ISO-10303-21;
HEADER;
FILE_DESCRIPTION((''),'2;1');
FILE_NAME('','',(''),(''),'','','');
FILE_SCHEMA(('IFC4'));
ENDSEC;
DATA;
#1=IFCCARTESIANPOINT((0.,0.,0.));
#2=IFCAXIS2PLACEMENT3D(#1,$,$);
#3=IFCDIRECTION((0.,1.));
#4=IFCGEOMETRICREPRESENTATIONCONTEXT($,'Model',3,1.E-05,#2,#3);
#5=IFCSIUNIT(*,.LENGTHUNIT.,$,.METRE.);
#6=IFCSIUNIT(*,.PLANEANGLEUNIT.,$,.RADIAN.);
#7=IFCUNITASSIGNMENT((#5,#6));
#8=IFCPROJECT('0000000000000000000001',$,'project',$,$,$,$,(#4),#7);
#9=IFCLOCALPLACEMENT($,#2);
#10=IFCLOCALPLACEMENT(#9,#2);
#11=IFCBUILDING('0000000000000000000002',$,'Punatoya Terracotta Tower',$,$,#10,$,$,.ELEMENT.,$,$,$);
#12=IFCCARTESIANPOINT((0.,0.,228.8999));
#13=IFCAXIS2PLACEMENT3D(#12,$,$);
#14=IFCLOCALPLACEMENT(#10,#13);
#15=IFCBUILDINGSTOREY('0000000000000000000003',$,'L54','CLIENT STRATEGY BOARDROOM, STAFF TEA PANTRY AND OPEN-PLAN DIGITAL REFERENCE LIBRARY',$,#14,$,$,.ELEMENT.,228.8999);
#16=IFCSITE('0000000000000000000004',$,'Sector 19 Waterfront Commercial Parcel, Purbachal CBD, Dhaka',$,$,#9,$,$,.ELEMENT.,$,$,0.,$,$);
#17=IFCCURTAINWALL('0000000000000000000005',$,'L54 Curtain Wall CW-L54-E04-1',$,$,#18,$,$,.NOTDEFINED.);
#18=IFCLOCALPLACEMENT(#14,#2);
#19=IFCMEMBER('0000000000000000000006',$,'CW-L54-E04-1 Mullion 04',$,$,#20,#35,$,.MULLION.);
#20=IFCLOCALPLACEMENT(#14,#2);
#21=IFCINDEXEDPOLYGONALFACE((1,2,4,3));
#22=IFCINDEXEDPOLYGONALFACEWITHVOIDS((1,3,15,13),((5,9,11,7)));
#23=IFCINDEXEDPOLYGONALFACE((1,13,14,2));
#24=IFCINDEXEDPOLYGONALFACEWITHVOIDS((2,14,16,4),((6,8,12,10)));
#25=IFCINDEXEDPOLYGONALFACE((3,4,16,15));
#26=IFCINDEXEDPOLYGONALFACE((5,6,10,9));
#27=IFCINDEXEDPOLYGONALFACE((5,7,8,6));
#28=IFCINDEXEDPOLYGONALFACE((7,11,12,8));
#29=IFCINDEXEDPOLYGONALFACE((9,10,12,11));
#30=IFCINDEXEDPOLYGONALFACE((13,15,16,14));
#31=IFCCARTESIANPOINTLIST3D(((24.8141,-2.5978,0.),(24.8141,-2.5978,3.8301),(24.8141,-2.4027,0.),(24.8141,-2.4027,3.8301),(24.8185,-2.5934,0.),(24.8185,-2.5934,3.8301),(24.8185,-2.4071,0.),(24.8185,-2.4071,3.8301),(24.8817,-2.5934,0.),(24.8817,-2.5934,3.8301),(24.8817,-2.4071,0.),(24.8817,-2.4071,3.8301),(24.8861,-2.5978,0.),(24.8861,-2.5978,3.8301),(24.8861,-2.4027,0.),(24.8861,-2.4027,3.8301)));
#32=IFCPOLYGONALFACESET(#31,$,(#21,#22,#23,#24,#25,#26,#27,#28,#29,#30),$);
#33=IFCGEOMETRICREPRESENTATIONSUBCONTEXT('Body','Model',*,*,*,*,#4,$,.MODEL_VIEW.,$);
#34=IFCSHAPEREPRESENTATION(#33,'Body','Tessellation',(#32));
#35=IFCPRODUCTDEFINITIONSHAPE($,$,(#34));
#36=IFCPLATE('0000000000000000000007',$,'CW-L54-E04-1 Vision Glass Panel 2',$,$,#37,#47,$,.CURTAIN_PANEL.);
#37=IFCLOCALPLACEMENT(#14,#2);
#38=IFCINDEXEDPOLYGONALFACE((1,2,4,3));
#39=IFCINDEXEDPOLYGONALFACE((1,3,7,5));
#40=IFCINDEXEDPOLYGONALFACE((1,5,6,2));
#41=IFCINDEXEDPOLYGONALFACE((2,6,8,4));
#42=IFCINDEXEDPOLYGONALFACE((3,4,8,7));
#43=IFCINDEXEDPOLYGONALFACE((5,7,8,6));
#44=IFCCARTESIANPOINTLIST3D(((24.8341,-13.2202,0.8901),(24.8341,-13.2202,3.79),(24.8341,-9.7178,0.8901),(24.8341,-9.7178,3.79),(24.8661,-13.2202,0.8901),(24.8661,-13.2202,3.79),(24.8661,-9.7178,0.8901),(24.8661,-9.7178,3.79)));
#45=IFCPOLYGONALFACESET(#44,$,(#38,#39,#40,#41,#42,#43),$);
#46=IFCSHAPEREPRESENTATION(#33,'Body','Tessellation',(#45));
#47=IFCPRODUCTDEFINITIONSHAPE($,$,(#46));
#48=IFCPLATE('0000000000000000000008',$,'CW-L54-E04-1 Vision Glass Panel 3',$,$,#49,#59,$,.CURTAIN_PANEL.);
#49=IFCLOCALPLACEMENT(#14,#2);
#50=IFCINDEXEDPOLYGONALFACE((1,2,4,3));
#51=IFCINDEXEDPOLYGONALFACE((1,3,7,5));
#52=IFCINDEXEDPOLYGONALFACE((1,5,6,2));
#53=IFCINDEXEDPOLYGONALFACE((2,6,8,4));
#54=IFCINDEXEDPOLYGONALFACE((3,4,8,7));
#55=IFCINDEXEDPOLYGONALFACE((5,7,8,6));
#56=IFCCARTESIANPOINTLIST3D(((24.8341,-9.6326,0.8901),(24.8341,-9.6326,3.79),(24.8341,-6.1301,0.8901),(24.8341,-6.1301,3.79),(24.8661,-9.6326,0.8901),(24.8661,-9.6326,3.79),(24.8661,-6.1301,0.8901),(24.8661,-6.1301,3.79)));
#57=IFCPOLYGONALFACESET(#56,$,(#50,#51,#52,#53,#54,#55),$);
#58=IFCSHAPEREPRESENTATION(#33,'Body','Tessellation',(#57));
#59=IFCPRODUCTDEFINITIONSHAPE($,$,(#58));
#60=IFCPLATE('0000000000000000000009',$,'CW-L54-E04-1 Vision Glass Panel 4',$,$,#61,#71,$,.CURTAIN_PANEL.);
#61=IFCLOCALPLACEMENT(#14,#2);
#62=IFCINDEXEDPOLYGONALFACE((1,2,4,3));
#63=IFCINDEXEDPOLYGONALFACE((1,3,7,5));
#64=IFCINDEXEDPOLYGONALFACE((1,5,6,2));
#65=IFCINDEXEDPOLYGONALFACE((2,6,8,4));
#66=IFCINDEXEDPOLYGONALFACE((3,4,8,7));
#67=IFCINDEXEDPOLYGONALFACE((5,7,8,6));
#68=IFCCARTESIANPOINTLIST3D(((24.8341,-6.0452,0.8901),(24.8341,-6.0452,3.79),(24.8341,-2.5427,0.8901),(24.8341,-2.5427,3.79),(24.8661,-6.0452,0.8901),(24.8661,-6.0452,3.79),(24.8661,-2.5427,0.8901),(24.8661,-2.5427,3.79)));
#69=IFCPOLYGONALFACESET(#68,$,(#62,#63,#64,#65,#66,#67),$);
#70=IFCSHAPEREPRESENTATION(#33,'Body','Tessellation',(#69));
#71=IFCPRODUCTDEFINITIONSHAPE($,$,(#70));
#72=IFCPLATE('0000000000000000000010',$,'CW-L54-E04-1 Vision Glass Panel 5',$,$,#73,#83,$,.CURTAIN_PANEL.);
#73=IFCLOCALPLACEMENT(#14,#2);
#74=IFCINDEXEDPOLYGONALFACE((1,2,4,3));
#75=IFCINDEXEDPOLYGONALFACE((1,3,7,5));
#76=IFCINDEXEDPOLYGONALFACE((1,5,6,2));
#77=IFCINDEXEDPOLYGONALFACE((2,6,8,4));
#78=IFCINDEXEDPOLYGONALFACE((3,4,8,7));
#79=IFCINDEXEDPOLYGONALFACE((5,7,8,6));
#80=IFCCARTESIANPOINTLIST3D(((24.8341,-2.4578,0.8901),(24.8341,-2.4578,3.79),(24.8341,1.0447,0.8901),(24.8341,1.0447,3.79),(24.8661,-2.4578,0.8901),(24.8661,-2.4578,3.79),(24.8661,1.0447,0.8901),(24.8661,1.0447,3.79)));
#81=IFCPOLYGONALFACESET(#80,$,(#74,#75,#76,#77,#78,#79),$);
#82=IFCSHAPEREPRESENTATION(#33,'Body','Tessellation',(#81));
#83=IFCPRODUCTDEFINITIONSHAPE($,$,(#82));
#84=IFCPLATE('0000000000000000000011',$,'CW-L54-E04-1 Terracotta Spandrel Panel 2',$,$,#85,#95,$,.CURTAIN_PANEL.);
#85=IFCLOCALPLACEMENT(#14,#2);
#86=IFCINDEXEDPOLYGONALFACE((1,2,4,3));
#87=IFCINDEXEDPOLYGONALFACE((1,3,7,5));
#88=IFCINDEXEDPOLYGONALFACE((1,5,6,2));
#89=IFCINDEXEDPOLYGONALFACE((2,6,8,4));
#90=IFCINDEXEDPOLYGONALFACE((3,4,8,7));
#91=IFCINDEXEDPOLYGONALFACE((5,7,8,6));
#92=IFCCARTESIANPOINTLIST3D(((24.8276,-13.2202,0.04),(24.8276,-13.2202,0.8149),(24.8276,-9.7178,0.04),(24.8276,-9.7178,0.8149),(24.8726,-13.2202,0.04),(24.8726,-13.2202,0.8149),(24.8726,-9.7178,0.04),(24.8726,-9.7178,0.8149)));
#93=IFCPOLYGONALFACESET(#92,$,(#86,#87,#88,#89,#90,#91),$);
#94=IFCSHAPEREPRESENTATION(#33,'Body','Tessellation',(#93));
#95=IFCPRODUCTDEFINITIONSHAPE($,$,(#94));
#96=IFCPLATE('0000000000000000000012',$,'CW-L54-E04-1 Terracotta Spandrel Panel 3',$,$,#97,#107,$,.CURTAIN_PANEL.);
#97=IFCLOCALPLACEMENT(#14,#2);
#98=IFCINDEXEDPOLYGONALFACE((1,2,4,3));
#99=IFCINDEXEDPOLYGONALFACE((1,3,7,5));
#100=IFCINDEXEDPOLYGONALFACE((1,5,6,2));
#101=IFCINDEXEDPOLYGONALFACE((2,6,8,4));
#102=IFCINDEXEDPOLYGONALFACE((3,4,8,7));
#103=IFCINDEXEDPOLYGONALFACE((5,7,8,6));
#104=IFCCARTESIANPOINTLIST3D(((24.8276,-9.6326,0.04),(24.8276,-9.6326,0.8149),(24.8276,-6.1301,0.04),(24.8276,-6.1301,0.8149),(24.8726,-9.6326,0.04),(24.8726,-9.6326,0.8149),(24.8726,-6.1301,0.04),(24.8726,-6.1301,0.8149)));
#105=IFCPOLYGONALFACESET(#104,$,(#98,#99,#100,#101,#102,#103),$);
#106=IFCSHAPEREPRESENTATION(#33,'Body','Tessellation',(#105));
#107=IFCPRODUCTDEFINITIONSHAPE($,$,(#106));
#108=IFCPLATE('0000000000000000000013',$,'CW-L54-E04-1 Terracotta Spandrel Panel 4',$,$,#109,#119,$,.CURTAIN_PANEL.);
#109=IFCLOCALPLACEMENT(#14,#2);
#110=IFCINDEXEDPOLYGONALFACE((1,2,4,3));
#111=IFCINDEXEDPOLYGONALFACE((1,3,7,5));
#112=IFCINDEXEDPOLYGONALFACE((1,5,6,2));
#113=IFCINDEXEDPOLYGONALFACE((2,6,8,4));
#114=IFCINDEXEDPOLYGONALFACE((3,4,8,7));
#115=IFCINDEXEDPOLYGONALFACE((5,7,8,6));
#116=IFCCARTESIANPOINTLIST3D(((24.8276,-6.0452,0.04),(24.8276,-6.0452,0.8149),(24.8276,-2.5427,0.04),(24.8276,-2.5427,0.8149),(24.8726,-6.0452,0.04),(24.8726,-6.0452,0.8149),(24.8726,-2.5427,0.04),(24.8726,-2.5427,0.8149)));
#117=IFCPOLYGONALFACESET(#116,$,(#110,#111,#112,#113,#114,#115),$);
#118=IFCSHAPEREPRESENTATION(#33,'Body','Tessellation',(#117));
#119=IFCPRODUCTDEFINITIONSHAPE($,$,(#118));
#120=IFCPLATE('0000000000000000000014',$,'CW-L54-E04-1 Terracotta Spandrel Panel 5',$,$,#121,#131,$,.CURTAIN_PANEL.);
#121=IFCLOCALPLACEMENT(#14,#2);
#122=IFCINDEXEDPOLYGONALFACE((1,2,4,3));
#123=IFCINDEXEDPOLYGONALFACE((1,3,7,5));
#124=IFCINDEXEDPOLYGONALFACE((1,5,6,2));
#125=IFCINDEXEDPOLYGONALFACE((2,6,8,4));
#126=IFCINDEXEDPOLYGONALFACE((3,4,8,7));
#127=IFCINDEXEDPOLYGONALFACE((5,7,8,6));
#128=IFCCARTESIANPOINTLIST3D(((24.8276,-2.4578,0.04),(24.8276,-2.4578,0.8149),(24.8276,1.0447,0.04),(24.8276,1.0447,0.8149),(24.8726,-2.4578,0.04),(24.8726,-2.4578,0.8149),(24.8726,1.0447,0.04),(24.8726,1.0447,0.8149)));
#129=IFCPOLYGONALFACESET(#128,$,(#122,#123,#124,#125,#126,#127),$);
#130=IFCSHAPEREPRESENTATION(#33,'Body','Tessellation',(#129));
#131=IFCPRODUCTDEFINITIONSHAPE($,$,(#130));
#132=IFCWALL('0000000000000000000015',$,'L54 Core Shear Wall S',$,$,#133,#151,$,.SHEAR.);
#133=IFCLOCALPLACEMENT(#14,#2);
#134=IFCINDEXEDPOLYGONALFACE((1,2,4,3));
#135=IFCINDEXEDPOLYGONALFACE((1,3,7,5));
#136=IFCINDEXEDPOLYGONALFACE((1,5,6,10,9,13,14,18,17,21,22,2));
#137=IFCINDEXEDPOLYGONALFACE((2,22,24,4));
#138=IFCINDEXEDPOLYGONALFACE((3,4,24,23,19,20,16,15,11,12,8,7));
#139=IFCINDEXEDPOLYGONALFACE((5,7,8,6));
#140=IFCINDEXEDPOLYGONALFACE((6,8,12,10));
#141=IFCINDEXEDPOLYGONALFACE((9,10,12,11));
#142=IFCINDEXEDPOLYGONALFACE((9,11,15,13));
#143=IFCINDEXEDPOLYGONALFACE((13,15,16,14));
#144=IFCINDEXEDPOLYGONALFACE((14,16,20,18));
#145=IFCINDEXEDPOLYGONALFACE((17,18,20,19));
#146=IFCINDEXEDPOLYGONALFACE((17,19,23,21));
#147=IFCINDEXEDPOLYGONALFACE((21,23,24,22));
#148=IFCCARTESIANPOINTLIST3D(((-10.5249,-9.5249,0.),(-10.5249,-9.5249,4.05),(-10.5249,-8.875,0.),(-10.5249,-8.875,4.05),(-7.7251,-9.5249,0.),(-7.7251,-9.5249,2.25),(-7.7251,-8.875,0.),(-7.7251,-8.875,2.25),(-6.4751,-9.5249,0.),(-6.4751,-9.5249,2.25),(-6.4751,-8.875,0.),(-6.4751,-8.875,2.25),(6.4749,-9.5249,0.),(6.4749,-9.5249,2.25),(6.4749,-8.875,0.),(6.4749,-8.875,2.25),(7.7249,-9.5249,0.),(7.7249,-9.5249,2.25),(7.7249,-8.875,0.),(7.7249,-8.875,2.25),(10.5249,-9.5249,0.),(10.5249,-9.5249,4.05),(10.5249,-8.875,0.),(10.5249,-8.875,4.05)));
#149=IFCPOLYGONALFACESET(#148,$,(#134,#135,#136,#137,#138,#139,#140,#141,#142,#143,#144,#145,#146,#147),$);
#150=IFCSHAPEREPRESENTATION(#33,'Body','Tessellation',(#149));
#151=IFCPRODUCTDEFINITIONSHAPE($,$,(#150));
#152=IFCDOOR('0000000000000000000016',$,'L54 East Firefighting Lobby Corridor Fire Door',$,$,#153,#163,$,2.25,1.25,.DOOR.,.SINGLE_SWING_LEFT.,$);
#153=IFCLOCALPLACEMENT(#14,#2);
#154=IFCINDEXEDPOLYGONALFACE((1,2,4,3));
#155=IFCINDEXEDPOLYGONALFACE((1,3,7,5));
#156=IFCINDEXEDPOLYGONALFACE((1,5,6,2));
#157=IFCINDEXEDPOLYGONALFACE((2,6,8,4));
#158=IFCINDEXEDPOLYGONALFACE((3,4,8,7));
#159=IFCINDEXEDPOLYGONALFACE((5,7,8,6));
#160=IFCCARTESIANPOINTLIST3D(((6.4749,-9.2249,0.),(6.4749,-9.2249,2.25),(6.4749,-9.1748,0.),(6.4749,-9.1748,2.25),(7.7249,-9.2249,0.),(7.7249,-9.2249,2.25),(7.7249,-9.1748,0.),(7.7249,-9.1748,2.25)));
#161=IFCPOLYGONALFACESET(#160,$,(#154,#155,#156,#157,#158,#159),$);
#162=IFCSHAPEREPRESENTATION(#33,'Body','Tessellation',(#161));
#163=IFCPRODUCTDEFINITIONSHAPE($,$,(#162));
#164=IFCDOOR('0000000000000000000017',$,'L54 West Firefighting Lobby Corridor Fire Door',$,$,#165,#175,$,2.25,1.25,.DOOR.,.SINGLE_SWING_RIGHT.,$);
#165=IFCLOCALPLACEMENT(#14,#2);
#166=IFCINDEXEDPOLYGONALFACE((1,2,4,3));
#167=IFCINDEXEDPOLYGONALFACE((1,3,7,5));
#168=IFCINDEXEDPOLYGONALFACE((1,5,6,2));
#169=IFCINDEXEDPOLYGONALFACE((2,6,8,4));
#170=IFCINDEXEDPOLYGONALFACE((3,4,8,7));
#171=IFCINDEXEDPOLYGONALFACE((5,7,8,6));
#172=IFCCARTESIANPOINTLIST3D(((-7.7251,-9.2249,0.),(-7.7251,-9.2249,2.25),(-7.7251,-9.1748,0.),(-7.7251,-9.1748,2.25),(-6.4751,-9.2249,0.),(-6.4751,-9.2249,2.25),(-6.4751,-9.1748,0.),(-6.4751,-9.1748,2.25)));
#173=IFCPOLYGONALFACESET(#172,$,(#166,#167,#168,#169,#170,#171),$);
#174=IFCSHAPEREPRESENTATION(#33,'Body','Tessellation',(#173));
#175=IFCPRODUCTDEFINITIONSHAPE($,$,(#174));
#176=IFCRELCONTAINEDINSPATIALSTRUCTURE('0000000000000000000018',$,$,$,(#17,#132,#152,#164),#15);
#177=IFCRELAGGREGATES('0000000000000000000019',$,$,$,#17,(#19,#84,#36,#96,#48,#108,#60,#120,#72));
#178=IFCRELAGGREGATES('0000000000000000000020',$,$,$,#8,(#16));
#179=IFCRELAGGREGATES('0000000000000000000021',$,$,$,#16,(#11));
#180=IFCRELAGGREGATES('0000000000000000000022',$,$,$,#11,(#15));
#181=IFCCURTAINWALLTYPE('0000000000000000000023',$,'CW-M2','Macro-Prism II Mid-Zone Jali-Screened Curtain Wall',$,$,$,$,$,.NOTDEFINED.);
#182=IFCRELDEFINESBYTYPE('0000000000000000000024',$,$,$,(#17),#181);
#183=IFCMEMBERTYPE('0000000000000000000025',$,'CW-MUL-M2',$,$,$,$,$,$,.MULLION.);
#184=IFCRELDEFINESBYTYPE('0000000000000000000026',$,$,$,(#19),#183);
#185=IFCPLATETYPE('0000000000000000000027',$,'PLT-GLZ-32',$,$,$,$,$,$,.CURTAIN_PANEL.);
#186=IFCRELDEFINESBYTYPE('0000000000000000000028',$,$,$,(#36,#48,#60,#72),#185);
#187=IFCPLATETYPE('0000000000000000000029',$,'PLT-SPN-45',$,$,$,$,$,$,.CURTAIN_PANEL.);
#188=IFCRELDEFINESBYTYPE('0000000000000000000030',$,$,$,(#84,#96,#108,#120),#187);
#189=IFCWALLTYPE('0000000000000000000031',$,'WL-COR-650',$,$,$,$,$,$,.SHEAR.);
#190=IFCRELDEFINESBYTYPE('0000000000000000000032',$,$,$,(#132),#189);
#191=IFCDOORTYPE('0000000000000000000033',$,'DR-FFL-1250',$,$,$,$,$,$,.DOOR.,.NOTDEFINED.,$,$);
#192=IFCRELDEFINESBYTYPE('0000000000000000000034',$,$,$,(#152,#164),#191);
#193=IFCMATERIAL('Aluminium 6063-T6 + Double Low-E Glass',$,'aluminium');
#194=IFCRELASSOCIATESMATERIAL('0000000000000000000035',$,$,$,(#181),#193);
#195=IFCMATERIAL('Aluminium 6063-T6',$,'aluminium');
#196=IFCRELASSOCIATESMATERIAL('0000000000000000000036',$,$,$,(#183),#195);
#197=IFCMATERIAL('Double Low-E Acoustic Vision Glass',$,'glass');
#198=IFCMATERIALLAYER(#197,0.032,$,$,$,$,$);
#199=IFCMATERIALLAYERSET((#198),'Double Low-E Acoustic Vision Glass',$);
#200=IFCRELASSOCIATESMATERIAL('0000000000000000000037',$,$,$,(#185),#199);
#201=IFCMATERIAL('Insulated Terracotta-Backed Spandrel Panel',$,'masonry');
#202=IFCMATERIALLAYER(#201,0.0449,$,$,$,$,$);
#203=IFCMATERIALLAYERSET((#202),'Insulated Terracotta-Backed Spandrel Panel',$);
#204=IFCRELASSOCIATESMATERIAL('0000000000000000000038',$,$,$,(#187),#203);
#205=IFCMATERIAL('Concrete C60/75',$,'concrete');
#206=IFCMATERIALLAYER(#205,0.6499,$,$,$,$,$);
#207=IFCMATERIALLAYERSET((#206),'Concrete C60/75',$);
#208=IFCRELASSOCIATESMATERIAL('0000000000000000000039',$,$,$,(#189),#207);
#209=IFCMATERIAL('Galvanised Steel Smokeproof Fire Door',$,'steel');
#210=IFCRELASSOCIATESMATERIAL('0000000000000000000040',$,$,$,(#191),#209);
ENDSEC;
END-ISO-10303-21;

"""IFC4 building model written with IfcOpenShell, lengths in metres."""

from ifc_helpers import new_model, si_unit, direction, frame, frame_2d, origin, origin_2d, place, context, subcontext, project, spatial, rectangle, hollow_rectangle, extrude, material, layer, layer_set, material_profile, profile_set, type_object, element, fill, aggregate, save


model = new_model("IFC4")

# Units and contexts
model_context = context("Model", 3, precision=1e-05, world=origin(), true_north=direction((0.0, 1.0)))
body_context = subcontext(model_context, "Body", "Model", "MODEL_VIEW")
ifc_project = project(units=[si_unit("LENGTHUNIT", "METRE"), si_unit("PLANEANGLEUNIT", "RADIAN")], contexts=[model_context])

# Site, building, storey
site_placement = place(None, origin())
site = spatial("IfcSite", under=ifc_project, at=site_placement, Name="Sector 19 Waterfront Commercial Parcel, Purbachal CBD, Dhaka", CompositionType="ELEMENT", RefElevation=0.0)
building_placement = place(site_placement, origin())
building = spatial("IfcBuilding", under=site, at=building_placement, Name="Punatoya Terracotta Tower", CompositionType="ELEMENT")
storey_placement = place(building_placement, frame((0.0, 0.0, 228.8999)))
storey = spatial("IfcBuildingStorey", under=building, at=storey_placement, Name="L54", Description="CLIENT STRATEGY BOARDROOM, STAFF TEA PANTRY AND OPEN-PLAN DIGITAL REFERENCE LIBRARY", CompositionType="ELEMENT", Elevation=228.8999)

# Curtain wall, member, plates
ifc_material_1 = material(Name="Aluminium 6063-T6 + Double Low-E Glass", Category="aluminium")
curtain_wall_type = type_object("IfcCurtainWallType", Name="CW-M2", Description="Macro-Prism II Mid-Zone Jali-Screened Curtain Wall", PredefinedType="NOTDEFINED", material=ifc_material_1)
curtain_wall_placement = place(storey_placement, origin())
curtain_wall = element("IfcCurtainWall", 1, at=curtain_wall_placement, inside=storey, type_object=curtain_wall_type, Name="L54 Curtain Wall CW-L54-E04-1", PredefinedType="NOTDEFINED")
ifc_material_2 = material(Name="Aluminium 6063-T6", Category="aluminium")
ifc_material_profile_1 = material_profile(ifc_material_2, hollow_rectangle(XDim=0.072, YDim=0.1951, WallThickness=0.0044, at=origin_2d()))
ifc_profile_set_1 = profile_set([ifc_material_profile_1], Name="Aluminium 6063-T6")
member_type = type_object("IfcMemberType", Name="CW-MUL-M2", PredefinedType="MULLION", material=ifc_profile_set_1)
member_1_placement = place(storey_placement, frame((24.8501, -2.5002, 0.0), z_axis=(0.0, 0.0, 1.0), x_axis=(1.0, 0.0, 0.0)))
member_1 = element("IfcMember", 2, at=member_1_placement, type_object=member_type, Name="CW-L54-E04-1 Mullion 04", PredefinedType="MULLION", context=body_context, shape_type="SweptSolid", body=[
    extrude(hollow_rectangle(XDim=0.072, YDim=0.1951, WallThickness=0.0044, at=origin_2d()), origin(), (0.0, 0.0, 1.0), 3.8301),
])
ifc_material_3 = material(Name="Double Low-E Acoustic Vision Glass", Category="glass")
ifc_layer_1 = layer(ifc_material_3, 0.032)
ifc_layer_set_1 = layer_set([ifc_layer_1], Name="Double Low-E Acoustic Vision Glass")
plate_type_1 = type_object("IfcPlateType", Name="PLT-GLZ-32", PredefinedType="CURTAIN_PANEL", material=ifc_layer_set_1)
plate_1_placement = place(storey_placement, frame((24.8501, -11.469, 0.8901), z_axis=(0.0, 0.0, 1.0), x_axis=(0.0, 1.0, 0.0)))
plate_1 = element("IfcPlate", 3, at=plate_1_placement, type_object=plate_type_1, Name="CW-L54-E04-1 Vision Glass Panel 2", PredefinedType="CURTAIN_PANEL", context=body_context, shape_type="SweptSolid", body=[
    extrude(rectangle(XDim=3.5024, YDim=0.032, at=origin_2d()), origin(), (0.0, 0.0, 1.0), 2.8999),
])
plate_2_placement = place(storey_placement, frame((24.8501, -7.8813, 0.8901), z_axis=(0.0, 0.0, 1.0), x_axis=(0.0, 1.0, 0.0)))
plate_2 = element("IfcPlate", 4, at=plate_2_placement, type_object=plate_type_1, Name="CW-L54-E04-1 Vision Glass Panel 3", PredefinedType="CURTAIN_PANEL", context=body_context, shape_type="SweptSolid", body=[
    extrude(rectangle(XDim=3.5024, YDim=0.032, at=origin_2d()), origin(), (0.0, 0.0, 1.0), 2.8999),
])
plate_3_placement = place(storey_placement, frame((24.8501, -4.2939, 0.8901), z_axis=(0.0, 0.0, 1.0), x_axis=(0.0, 1.0, 0.0)))
plate_3 = element("IfcPlate", 5, at=plate_3_placement, type_object=plate_type_1, Name="CW-L54-E04-1 Vision Glass Panel 4", PredefinedType="CURTAIN_PANEL", context=body_context, shape_type="SweptSolid", body=[
    extrude(rectangle(XDim=3.5024, YDim=0.032, at=origin_2d()), origin(), (0.0, 0.0, 1.0), 2.8999),
])
plate_4_placement = place(storey_placement, frame((24.8501, -0.7065, 0.8901), z_axis=(0.0, 0.0, 1.0), x_axis=(0.0, 1.0, 0.0)))
plate_4 = element("IfcPlate", 6, at=plate_4_placement, type_object=plate_type_1, Name="CW-L54-E04-1 Vision Glass Panel 5", PredefinedType="CURTAIN_PANEL", context=body_context, shape_type="SweptSolid", body=[
    extrude(rectangle(XDim=3.5024, YDim=0.032, at=origin_2d()), origin(), (0.0, 0.0, 1.0), 2.8999),
])
ifc_material_4 = material(Name="Insulated Terracotta-Backed Spandrel Panel", Category="masonry")
ifc_layer_2 = layer(ifc_material_4, 0.0449)
ifc_layer_set_2 = layer_set([ifc_layer_2], Name="Insulated Terracotta-Backed Spandrel Panel")
plate_type_2 = type_object("IfcPlateType", Name="PLT-SPN-45", PredefinedType="CURTAIN_PANEL", material=ifc_layer_set_2)
plate_5_placement = place(storey_placement, frame((24.8501, -11.469, 0.04), z_axis=(0.0, 0.0, 1.0), x_axis=(0.0, 1.0, 0.0)))
plate_5 = element("IfcPlate", 7, at=plate_5_placement, type_object=plate_type_2, Name="CW-L54-E04-1 Terracotta Spandrel Panel 2", PredefinedType="CURTAIN_PANEL", context=body_context, shape_type="SweptSolid", body=[
    extrude(rectangle(XDim=3.5024, YDim=0.0449, at=origin_2d()), origin(), (0.0, 0.0, 1.0), 0.7749),
])
plate_6_placement = place(storey_placement, frame((24.8501, -7.8813, 0.04), z_axis=(0.0, 0.0, 1.0), x_axis=(0.0, 1.0, 0.0)))
plate_6 = element("IfcPlate", 8, at=plate_6_placement, type_object=plate_type_2, Name="CW-L54-E04-1 Terracotta Spandrel Panel 3", PredefinedType="CURTAIN_PANEL", context=body_context, shape_type="SweptSolid", body=[
    extrude(rectangle(XDim=3.5024, YDim=0.0449, at=origin_2d()), origin(), (0.0, 0.0, 1.0), 0.7749),
])
plate_7_placement = place(storey_placement, frame((24.8501, -4.2939, 0.04), z_axis=(0.0, 0.0, 1.0), x_axis=(0.0, 1.0, 0.0)))
plate_7 = element("IfcPlate", 9, at=plate_7_placement, type_object=plate_type_2, Name="CW-L54-E04-1 Terracotta Spandrel Panel 4", PredefinedType="CURTAIN_PANEL", context=body_context, shape_type="SweptSolid", body=[
    extrude(rectangle(XDim=3.5024, YDim=0.0449, at=origin_2d()), origin(), (0.0, 0.0, 1.0), 0.7749),
])
plate_8_placement = place(storey_placement, frame((24.8501, -0.7065, 0.04), z_axis=(0.0, 0.0, 1.0), x_axis=(0.0, 1.0, 0.0)))
plate_8 = element("IfcPlate", 10, at=plate_8_placement, type_object=plate_type_2, Name="CW-L54-E04-1 Terracotta Spandrel Panel 5", PredefinedType="CURTAIN_PANEL", context=body_context, shape_type="SweptSolid", body=[
    extrude(rectangle(XDim=3.5024, YDim=0.0449, at=origin_2d()), origin(), (0.0, 0.0, 1.0), 0.7749),
])
aggregate(curtain_wall, [member_1, plate_5, plate_1, plate_6, plate_2, plate_7, plate_3, plate_8, plate_4])

# Wall, openings, doors
ifc_material_5 = material(Name="Concrete C60/75", Category="concrete")
ifc_layer_3 = layer(ifc_material_5, 0.6499)
ifc_layer_set_3 = layer_set([ifc_layer_3], Name="Concrete C60/75")
wall_type_1 = type_object("IfcWallType", Name="WL-COR-650", PredefinedType="SHEAR", material=ifc_layer_set_3)
wall_1_placement = place(storey_placement, frame((10.5249, -9.2, 0.0), z_axis=(0.0, 0.0, 1.0), x_axis=(-1.0, 0.0, 0.0)))
wall_1 = element("IfcWall", 11, at=wall_1_placement, inside=storey, type_object=wall_type_1, Name="L54 Core Shear Wall S", PredefinedType="SHEAR", context=body_context, shape_type="SweptSolid", body=[
    extrude(rectangle(XDim=21.0498, YDim=0.6499, at=frame_2d((10.5249, 0.0))), origin(), (0.0, 0.0, 1.0), 4.05),
])
opening_1_placement = place(wall_1_placement, frame((2.8, 0.0, 0.0)))
opening_1 = element("IfcOpeningElement", 12, at=opening_1_placement, cuts=wall_1, PredefinedType="OPENING", context=body_context, shape_type="SweptSolid", body=[
    extrude(rectangle(XDim=1.25, YDim=2.25, at=frame_2d((0.625, 1.125))), frame((0.0, 0.335, 0.0), z_axis=(0.0, -1.0, 0.0), x_axis=(1.0, 0.0, 0.0)), (0.0, 0.0, 1.0), 0.6699),
])
opening_2_placement = place(wall_1_placement, frame((17.0, 0.0, 0.0)))
opening_2 = element("IfcOpeningElement", 13, at=opening_2_placement, cuts=wall_1, PredefinedType="OPENING", context=body_context, shape_type="SweptSolid", body=[
    extrude(rectangle(XDim=1.25, YDim=2.25, at=frame_2d((0.625, 1.125))), frame((0.0, 0.335, 0.0), z_axis=(0.0, -1.0, 0.0), x_axis=(1.0, 0.0, 0.0)), (0.0, 0.0, 1.0), 0.6699),
])
ifc_material_6 = material(Name="Galvanised Steel Smokeproof Fire Door", Category="steel")
door_type_1 = type_object("IfcDoorType", Name="DR-FFL-1250", OperationType="NOTDEFINED", PredefinedType="DOOR", material=ifc_material_6)
door_1_placement = place(opening_1_placement, origin())
door_1 = element("IfcDoor", 14, at=door_1_placement, inside=storey, type_object=door_type_1, Name="L54 East Firefighting Lobby Corridor Fire Door", OperationType="SINGLE_SWING_LEFT", OverallHeight=2.25, OverallWidth=1.25, PredefinedType="DOOR", context=body_context, shape_type="SweptSolid", body=[
    extrude(rectangle(XDim=1.25, YDim=2.25, at=frame_2d((0.625, 1.125))), frame((0.0, 0.0249, 0.0), z_axis=(0.0, -1.0, 0.0), x_axis=(1.0, 0.0, 0.0)), (0.0, 0.0, 1.0), 0.05),
])
fill(opening_1, door_1)
door_2_placement = place(opening_2_placement, origin())
door_2 = element("IfcDoor", 15, at=door_2_placement, inside=storey, type_object=door_type_1, Name="L54 West Firefighting Lobby Corridor Fire Door", OperationType="SINGLE_SWING_RIGHT", OverallHeight=2.25, OverallWidth=1.25, PredefinedType="DOOR", context=body_context, shape_type="SweptSolid", body=[
    extrude(rectangle(XDim=1.25, YDim=2.25, at=frame_2d((0.625, 1.125))), frame((0.0, 0.0249, 0.0), z_axis=(0.0, -1.0, 0.0), x_axis=(1.0, 0.0, 0.0)), (0.0, 0.0, 1.0), 0.05),
])
fill(opening_2, door_2)

save(model, "model.ifc")
